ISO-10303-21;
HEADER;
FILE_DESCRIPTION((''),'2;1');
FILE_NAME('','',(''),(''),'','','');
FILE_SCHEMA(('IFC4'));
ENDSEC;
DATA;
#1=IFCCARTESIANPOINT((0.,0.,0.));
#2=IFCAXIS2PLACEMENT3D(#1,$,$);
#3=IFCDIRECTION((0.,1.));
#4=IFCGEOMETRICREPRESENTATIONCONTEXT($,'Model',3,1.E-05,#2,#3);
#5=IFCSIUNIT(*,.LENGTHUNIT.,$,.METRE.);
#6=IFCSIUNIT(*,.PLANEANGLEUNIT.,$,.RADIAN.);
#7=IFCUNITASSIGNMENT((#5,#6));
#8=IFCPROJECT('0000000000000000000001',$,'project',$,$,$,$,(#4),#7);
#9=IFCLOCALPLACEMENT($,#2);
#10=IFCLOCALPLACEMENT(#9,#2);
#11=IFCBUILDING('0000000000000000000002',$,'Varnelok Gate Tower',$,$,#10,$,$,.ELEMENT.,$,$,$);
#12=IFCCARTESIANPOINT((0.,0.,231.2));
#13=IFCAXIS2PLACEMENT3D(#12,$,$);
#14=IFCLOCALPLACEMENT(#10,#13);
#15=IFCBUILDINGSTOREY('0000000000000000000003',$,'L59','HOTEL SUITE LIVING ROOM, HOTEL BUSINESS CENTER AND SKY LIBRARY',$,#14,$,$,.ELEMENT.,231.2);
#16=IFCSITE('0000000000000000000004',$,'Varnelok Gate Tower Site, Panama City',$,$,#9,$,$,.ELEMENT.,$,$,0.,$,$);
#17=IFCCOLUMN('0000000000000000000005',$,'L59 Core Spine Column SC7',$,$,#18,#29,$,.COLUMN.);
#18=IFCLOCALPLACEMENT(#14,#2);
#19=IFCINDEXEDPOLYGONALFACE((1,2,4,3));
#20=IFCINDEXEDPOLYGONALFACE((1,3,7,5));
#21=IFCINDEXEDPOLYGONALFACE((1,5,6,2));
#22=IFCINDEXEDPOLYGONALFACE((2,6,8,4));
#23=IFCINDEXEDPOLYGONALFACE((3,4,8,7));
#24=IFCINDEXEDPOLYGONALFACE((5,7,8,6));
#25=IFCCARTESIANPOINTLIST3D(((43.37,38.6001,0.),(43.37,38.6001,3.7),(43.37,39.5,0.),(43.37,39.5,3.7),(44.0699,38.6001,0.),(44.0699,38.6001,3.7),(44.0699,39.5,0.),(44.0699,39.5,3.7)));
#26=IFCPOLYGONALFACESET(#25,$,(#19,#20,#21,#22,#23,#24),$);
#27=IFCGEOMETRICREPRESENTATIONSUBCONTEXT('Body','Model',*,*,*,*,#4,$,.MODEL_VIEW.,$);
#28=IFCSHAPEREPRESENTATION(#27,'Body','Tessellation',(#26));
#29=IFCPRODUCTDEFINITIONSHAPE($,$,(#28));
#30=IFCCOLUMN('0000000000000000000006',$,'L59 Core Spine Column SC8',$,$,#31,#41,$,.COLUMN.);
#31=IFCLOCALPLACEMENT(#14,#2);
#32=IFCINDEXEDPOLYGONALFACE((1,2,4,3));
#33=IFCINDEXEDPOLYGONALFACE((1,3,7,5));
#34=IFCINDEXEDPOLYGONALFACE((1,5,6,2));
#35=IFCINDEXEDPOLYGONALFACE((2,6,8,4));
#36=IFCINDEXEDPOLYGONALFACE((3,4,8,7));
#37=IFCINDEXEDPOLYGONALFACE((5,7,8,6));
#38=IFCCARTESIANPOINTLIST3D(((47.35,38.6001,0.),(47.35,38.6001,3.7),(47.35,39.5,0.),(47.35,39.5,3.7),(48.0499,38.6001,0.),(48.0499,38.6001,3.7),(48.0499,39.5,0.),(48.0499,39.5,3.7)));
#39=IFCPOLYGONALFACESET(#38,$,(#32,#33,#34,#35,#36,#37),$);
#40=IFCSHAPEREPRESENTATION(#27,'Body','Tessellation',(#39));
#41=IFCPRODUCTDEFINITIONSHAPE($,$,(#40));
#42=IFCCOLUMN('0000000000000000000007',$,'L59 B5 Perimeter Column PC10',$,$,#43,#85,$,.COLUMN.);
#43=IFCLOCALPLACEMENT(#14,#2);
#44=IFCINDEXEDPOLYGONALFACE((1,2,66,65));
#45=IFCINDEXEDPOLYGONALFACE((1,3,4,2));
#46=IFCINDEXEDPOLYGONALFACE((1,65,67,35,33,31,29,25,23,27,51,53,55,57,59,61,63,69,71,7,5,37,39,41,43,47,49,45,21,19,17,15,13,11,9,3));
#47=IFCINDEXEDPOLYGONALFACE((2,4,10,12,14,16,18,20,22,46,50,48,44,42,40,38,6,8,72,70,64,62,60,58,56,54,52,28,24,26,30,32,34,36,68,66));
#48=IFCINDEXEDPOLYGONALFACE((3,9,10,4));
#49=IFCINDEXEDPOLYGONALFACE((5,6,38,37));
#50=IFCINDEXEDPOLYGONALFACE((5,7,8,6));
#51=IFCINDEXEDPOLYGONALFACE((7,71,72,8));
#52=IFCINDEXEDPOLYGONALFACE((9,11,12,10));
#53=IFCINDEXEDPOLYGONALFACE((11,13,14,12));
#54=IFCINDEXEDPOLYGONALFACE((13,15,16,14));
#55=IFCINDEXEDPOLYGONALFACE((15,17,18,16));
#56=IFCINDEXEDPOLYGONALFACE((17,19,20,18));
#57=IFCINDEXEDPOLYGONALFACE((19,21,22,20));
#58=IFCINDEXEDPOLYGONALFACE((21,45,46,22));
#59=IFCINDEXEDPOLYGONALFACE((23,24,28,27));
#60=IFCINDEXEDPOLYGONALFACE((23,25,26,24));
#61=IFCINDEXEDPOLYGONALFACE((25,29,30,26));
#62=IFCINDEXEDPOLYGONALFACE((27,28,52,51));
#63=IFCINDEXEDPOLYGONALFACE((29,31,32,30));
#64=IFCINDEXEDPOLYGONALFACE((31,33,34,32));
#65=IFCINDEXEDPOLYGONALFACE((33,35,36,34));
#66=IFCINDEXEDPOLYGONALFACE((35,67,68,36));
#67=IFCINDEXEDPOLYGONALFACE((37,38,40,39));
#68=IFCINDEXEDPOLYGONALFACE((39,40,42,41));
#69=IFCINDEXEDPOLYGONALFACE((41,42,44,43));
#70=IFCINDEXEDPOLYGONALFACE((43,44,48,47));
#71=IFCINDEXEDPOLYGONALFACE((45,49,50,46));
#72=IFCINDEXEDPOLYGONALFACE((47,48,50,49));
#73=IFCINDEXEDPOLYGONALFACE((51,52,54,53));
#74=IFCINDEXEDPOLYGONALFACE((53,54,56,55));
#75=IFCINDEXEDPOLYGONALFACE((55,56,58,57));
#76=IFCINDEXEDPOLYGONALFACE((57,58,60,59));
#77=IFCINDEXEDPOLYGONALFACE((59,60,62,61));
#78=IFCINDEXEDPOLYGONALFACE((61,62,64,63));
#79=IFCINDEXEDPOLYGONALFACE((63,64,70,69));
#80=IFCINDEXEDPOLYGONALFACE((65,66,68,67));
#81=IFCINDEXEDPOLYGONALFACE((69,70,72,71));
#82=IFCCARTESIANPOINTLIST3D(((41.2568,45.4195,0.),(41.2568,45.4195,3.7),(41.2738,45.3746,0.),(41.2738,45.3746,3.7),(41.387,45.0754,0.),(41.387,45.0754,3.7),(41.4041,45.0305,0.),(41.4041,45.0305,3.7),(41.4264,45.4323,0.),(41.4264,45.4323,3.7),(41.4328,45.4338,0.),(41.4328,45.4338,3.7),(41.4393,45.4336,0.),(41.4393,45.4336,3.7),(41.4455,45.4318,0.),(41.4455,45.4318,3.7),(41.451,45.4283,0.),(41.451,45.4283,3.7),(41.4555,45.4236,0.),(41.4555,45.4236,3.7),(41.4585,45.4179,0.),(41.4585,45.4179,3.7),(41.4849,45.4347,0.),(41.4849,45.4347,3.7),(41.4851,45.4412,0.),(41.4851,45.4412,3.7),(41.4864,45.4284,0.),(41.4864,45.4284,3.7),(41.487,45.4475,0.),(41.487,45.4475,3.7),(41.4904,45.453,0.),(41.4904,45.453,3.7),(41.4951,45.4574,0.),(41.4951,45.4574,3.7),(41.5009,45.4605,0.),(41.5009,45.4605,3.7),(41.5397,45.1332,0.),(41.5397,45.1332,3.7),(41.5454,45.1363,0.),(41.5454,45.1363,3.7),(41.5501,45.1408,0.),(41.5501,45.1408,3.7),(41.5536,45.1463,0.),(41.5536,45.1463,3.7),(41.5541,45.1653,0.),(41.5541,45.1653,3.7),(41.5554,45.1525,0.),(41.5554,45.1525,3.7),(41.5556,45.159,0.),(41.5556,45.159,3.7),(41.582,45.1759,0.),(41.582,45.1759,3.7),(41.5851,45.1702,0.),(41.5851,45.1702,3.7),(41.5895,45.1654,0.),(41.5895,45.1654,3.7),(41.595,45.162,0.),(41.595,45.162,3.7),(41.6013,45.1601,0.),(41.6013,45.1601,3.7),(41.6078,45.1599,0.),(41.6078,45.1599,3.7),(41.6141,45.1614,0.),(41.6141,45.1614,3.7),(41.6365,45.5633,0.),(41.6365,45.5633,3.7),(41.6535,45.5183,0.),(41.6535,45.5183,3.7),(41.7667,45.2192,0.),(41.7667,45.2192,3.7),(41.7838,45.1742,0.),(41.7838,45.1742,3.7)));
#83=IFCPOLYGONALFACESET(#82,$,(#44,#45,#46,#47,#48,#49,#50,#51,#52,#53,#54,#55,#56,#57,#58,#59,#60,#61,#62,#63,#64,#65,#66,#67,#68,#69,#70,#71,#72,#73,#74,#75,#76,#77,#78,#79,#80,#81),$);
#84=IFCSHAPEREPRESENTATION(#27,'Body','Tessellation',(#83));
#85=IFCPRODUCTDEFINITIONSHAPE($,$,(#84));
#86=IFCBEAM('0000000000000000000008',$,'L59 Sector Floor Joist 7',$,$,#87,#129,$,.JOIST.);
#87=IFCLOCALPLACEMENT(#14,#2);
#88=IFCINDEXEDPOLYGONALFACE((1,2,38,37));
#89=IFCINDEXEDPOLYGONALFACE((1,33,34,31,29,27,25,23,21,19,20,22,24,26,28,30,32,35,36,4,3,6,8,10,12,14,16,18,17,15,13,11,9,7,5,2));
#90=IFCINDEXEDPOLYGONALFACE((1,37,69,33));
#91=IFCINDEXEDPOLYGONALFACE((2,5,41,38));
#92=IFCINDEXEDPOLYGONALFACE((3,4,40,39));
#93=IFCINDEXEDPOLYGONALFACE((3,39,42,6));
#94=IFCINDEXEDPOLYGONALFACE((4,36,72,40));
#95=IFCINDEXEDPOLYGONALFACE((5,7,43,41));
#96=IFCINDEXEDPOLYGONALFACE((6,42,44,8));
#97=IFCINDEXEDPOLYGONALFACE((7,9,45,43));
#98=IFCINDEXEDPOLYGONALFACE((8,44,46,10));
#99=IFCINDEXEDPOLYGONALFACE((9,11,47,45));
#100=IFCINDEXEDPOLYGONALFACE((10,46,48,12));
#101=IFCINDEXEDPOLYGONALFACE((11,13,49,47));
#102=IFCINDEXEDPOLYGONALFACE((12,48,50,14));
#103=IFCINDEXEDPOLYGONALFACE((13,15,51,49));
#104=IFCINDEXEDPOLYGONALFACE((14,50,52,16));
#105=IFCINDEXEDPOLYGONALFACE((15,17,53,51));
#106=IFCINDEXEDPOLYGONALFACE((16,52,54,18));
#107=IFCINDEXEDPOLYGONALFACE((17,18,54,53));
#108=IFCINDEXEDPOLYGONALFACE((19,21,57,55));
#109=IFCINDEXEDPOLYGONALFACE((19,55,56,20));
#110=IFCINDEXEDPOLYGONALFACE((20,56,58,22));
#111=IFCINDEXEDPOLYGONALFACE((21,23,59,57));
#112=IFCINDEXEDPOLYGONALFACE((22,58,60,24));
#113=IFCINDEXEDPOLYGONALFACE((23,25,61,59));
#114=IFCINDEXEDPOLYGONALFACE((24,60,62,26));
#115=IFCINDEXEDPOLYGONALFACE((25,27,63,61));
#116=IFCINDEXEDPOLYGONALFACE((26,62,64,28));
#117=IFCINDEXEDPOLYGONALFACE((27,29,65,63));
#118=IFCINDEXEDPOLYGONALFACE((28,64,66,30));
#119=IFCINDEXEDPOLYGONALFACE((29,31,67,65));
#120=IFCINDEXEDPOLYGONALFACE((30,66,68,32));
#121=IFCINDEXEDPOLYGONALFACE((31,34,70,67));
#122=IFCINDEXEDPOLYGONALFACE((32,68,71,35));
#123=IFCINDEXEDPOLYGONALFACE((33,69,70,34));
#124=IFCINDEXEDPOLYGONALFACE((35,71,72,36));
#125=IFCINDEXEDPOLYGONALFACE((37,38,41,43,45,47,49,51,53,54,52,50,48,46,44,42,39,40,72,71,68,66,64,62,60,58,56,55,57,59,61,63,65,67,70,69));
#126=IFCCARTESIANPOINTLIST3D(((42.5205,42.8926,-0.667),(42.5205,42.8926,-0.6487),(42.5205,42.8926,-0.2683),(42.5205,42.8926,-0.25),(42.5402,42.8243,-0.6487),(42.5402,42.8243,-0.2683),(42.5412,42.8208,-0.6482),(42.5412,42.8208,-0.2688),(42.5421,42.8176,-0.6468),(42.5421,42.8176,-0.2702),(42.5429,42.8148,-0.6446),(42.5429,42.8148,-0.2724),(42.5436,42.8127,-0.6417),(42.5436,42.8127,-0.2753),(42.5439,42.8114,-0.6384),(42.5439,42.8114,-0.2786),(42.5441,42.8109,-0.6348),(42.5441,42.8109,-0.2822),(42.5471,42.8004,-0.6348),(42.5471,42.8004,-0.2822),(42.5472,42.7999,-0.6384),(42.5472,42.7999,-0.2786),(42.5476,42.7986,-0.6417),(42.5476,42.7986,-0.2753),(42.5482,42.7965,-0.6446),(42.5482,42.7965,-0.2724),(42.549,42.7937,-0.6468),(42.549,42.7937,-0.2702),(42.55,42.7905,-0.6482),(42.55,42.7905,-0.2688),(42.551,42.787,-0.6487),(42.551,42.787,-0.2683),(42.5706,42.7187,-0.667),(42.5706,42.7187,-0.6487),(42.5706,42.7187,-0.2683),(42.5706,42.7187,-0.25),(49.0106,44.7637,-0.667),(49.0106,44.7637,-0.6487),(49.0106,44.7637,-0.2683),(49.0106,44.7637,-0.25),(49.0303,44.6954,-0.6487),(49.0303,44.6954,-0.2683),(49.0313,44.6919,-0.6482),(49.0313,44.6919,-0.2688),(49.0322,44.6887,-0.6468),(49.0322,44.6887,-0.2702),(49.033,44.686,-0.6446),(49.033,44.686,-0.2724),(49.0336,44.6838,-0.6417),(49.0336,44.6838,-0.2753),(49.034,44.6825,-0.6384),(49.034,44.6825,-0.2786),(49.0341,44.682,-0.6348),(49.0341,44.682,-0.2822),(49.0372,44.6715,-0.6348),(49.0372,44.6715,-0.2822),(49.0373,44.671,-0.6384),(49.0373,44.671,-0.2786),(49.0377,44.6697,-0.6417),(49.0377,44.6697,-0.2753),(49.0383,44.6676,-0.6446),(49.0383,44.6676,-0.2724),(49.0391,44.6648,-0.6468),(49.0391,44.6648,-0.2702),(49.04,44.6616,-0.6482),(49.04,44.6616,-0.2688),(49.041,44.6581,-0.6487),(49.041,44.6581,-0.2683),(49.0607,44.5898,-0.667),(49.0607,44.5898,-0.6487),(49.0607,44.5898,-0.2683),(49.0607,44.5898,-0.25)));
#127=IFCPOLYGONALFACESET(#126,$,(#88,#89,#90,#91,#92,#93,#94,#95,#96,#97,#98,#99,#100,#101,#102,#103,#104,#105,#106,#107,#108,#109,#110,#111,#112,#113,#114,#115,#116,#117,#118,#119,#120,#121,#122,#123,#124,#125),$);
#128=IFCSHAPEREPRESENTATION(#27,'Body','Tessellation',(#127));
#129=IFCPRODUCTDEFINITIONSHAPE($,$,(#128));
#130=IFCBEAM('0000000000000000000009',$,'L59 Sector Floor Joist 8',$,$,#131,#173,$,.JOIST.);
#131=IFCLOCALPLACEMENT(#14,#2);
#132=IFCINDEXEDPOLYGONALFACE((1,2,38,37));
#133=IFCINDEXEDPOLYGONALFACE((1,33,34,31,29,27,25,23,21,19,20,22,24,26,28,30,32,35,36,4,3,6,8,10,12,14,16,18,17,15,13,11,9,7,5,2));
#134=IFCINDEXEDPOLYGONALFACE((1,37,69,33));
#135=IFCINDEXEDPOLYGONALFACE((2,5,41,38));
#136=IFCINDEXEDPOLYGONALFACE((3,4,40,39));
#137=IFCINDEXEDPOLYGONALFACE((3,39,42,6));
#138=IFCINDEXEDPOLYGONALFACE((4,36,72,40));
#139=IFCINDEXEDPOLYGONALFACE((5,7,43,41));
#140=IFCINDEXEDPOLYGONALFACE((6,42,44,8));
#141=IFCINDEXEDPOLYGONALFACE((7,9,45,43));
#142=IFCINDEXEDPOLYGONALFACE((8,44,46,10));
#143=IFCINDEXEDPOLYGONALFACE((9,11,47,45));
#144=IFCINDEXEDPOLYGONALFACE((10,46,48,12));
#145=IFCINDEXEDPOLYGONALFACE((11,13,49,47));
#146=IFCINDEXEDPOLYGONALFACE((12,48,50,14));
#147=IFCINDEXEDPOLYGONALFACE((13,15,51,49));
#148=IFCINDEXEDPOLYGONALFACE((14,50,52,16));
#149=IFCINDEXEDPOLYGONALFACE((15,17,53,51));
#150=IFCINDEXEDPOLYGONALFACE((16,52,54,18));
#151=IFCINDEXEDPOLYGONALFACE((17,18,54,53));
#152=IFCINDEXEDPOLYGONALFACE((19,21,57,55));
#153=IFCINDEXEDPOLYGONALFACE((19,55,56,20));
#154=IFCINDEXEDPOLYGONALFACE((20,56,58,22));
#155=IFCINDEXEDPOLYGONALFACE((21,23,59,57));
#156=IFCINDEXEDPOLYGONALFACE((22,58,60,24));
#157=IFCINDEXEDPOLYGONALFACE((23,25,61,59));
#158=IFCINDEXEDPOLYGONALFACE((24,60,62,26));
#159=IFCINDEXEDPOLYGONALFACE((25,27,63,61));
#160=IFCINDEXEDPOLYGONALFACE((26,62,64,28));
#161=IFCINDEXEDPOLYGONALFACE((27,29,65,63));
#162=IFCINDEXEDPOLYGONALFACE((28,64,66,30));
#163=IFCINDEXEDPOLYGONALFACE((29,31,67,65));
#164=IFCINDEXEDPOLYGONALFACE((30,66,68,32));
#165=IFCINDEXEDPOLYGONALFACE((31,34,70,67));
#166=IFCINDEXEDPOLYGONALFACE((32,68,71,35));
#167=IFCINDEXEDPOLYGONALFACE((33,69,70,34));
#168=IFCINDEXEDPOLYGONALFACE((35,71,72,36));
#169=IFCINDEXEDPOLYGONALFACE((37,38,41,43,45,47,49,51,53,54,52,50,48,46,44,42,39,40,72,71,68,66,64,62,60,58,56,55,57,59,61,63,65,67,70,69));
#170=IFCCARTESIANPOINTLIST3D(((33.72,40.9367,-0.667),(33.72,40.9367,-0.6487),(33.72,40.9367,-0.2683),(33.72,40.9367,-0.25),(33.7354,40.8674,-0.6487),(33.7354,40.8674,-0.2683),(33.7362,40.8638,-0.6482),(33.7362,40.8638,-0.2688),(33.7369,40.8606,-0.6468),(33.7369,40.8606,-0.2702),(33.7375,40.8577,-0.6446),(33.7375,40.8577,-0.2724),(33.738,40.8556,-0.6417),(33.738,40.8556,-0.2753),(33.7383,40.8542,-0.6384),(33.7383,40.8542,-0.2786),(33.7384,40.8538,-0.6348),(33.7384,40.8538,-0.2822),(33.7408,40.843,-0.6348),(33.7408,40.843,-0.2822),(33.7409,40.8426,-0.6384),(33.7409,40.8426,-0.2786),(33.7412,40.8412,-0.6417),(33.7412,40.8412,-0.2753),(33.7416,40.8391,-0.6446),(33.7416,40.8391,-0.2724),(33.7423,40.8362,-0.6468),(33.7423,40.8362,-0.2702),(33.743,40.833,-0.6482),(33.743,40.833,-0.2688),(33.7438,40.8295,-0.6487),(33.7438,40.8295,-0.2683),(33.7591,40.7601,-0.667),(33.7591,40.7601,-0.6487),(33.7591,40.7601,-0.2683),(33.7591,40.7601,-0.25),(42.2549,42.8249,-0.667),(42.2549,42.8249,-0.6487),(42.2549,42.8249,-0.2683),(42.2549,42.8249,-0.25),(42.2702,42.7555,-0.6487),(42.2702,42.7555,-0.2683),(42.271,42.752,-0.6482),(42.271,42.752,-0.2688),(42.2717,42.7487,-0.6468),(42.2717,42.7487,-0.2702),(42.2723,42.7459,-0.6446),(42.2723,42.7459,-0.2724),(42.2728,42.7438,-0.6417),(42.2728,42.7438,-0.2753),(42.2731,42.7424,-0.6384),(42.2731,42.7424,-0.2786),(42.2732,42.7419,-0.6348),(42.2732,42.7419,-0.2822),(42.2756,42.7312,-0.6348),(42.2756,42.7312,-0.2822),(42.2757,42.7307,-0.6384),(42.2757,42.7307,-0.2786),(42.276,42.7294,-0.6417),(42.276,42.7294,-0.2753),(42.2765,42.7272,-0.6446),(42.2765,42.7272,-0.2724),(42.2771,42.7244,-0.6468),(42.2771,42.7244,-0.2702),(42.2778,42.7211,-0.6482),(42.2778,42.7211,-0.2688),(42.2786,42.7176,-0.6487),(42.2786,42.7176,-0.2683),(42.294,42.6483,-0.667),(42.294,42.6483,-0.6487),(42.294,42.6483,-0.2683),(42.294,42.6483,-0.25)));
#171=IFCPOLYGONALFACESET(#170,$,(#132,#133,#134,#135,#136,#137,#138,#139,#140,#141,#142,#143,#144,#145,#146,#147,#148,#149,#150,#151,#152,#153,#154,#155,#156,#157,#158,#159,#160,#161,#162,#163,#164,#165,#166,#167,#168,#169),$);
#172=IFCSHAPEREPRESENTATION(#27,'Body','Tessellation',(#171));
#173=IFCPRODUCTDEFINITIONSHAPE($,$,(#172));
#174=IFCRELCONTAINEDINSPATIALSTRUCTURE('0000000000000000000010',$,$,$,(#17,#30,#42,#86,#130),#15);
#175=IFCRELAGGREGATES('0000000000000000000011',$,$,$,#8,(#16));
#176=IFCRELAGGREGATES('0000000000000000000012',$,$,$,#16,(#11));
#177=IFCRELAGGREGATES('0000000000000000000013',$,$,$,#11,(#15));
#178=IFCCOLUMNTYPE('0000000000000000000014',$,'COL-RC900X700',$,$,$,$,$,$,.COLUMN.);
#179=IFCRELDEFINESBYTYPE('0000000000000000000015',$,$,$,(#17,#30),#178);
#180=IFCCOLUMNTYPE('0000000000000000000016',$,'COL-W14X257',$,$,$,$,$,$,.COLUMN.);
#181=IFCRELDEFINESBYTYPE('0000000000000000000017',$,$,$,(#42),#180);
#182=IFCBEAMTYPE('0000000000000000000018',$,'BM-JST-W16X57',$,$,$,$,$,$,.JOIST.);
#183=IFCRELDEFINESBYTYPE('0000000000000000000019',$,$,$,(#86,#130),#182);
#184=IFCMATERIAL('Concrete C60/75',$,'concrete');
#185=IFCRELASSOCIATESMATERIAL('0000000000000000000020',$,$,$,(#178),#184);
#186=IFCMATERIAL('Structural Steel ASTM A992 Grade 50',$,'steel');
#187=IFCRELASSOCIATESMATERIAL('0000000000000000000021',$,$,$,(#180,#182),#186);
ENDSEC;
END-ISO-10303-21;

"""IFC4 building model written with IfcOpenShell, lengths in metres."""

from ifc_helpers import new_model, si_unit, direction, frame, origin, origin_2d, place, context, subcontext, project, spatial, rectangle, i_section, extrude, material, material_profile, profile_set, type_object, element, save


model = new_model("IFC4")

# Units and contexts
model_context = context("Model", 3, precision=1e-05, world=origin(), true_north=direction((0.0, 1.0)))
body_context = subcontext(model_context, "Body", "Model", "MODEL_VIEW")
ifc_project = project(units=[si_unit("LENGTHUNIT", "METRE"), si_unit("PLANEANGLEUNIT", "RADIAN")], contexts=[model_context])

# Site, building, storey
site_placement = place(None, origin())
site = spatial("IfcSite", under=ifc_project, at=site_placement, Name="Varnelok Gate Tower Site, Panama City", CompositionType="ELEMENT", RefElevation=0.0)
building_placement = place(site_placement, origin())
building = spatial("IfcBuilding", under=site, at=building_placement, Name="Varnelok Gate Tower", CompositionType="ELEMENT")
storey_placement = place(building_placement, frame((0.0, 0.0, 231.2)))
storey = spatial("IfcBuildingStorey", under=building, at=storey_placement, Name="L59", Description="HOTEL SUITE LIVING ROOM, HOTEL BUSINESS CENTER AND SKY LIBRARY", CompositionType="ELEMENT", Elevation=231.2)

# Columns
ifc_material_1 = material(Name="Concrete C60/75", Category="concrete")
ifc_material_profile_1 = material_profile(ifc_material_1, rectangle(XDim=0.7, YDim=0.8999, at=origin_2d()), Name="RC900X700")
ifc_profile_set_1 = profile_set([ifc_material_profile_1], Name="Concrete C60/75")
column_type_1 = type_object("IfcColumnType", Name="COL-RC900X700", PredefinedType="COLUMN", material=ifc_profile_set_1)
for number, where, z_axis, x_axis, name in (
    (1, (43.72, 39.05, 0.0), (0.0, 0.0, 1.0), (1.0, 0.0, 0.0), "L59 Core Spine Column SC7"),
    (2, (47.7, 39.05, 0.0), (0.0, 0.0, 1.0), (1.0, 0.0, 0.0), "L59 Core Spine Column SC8"),
):
    element("IfcColumn", number, at=place(storey_placement, frame(where, z_axis=z_axis, x_axis=x_axis)), inside=storey, type_object=column_type_1, Name=name, PredefinedType="COLUMN", context=body_context, shape_type="SweptSolid", body=[
        extrude(rectangle(XDim=0.7, YDim=0.8999, at=origin_2d()), origin(), (0.0, 0.0, 1.0), 3.7),
    ])
ifc_material_2 = material(Name="Structural Steel ASTM A992 Grade 50", Category="steel")
ifc_material_profile_2 = material_profile(ifc_material_2, i_section(OverallWidth=0.406, OverallDepth=0.416, WebThickness=0.0298, FlangeThickness=0.0481, FilletRadius=0.0249, at=origin_2d()), Name="W14X257")
ifc_profile_set_2 = profile_set([ifc_material_profile_2], Name="Structural Steel ASTM A992 Grade 50")
column_type_2 = type_object("IfcColumnType", Name="COL-W14X257", PredefinedType="COLUMN", material=ifc_profile_set_2)
column_placement = place(storey_placement, frame((41.5203, 45.2969, 0.0), z_axis=(0.0, 0.0, 1.0), x_axis=(0.935222, 0.354063, 0.0)))
element("IfcColumn", 3, at=column_placement, inside=storey, type_object=column_type_2, Name="L59 B5 Perimeter Column PC10", PredefinedType="COLUMN", context=body_context, shape_type="SweptSolid", body=[
    extrude(i_section(OverallWidth=0.406, OverallDepth=0.416, WebThickness=0.0298, FlangeThickness=0.0481, FilletRadius=0.0249, at=origin_2d()), origin(), (0.0, 0.0, 1.0), 3.7),
])

# Beams
ifc_material_profile_3 = material_profile(ifc_material_2, i_section(OverallWidth=0.1809, OverallDepth=0.417, WebThickness=0.011, FlangeThickness=0.0183, FilletRadius=0.0139, at=origin_2d()), Name="W16X57")
ifc_profile_set_3 = profile_set([ifc_material_profile_3], Name="Structural Steel ASTM A992 Grade 50")
beam_type_1 = type_object("IfcBeamType", Name="BM-JST-W16X57", PredefinedType="JOIST", material=ifc_profile_set_3)
beam_1_placement = place(storey_placement, frame((49.0356, 44.6768, -0.4585), z_axis=(-0.960864, -0.277021, 0.0), x_axis=(0.277021, -0.960864, 0.0)))
element("IfcBeam", 4, at=beam_1_placement, inside=storey, type_object=beam_type_1, Name="L59 Sector Floor Joist 7", PredefinedType="JOIST", context=body_context, shape_type="SweptSolid", body=[
    extrude(i_section(OverallWidth=0.1809, OverallDepth=0.417, WebThickness=0.011, FlangeThickness=0.0183, FilletRadius=0.0139, at=origin_2d()), origin(), (0.0, 0.0, 1.0), 6.7544),
])
beam_2_placement = place(storey_placement, frame((42.2744, 42.7366, -0.4585), z_axis=(-0.976392, -0.216008, 0.0), x_axis=(0.216008, -0.976392, 0.0)))
element("IfcBeam", 5, at=beam_2_placement, inside=storey, type_object=beam_type_1, Name="L59 Sector Floor Joist 8", PredefinedType="JOIST", context=body_context, shape_type="SweptSolid", body=[
    extrude(i_section(OverallWidth=0.1809, OverallDepth=0.417, WebThickness=0.011, FlangeThickness=0.0183, FilletRadius=0.0139, at=origin_2d()), origin(), (0.0, 0.0, 1.0), 8.7412),
])

save(model, "model.ifc")
